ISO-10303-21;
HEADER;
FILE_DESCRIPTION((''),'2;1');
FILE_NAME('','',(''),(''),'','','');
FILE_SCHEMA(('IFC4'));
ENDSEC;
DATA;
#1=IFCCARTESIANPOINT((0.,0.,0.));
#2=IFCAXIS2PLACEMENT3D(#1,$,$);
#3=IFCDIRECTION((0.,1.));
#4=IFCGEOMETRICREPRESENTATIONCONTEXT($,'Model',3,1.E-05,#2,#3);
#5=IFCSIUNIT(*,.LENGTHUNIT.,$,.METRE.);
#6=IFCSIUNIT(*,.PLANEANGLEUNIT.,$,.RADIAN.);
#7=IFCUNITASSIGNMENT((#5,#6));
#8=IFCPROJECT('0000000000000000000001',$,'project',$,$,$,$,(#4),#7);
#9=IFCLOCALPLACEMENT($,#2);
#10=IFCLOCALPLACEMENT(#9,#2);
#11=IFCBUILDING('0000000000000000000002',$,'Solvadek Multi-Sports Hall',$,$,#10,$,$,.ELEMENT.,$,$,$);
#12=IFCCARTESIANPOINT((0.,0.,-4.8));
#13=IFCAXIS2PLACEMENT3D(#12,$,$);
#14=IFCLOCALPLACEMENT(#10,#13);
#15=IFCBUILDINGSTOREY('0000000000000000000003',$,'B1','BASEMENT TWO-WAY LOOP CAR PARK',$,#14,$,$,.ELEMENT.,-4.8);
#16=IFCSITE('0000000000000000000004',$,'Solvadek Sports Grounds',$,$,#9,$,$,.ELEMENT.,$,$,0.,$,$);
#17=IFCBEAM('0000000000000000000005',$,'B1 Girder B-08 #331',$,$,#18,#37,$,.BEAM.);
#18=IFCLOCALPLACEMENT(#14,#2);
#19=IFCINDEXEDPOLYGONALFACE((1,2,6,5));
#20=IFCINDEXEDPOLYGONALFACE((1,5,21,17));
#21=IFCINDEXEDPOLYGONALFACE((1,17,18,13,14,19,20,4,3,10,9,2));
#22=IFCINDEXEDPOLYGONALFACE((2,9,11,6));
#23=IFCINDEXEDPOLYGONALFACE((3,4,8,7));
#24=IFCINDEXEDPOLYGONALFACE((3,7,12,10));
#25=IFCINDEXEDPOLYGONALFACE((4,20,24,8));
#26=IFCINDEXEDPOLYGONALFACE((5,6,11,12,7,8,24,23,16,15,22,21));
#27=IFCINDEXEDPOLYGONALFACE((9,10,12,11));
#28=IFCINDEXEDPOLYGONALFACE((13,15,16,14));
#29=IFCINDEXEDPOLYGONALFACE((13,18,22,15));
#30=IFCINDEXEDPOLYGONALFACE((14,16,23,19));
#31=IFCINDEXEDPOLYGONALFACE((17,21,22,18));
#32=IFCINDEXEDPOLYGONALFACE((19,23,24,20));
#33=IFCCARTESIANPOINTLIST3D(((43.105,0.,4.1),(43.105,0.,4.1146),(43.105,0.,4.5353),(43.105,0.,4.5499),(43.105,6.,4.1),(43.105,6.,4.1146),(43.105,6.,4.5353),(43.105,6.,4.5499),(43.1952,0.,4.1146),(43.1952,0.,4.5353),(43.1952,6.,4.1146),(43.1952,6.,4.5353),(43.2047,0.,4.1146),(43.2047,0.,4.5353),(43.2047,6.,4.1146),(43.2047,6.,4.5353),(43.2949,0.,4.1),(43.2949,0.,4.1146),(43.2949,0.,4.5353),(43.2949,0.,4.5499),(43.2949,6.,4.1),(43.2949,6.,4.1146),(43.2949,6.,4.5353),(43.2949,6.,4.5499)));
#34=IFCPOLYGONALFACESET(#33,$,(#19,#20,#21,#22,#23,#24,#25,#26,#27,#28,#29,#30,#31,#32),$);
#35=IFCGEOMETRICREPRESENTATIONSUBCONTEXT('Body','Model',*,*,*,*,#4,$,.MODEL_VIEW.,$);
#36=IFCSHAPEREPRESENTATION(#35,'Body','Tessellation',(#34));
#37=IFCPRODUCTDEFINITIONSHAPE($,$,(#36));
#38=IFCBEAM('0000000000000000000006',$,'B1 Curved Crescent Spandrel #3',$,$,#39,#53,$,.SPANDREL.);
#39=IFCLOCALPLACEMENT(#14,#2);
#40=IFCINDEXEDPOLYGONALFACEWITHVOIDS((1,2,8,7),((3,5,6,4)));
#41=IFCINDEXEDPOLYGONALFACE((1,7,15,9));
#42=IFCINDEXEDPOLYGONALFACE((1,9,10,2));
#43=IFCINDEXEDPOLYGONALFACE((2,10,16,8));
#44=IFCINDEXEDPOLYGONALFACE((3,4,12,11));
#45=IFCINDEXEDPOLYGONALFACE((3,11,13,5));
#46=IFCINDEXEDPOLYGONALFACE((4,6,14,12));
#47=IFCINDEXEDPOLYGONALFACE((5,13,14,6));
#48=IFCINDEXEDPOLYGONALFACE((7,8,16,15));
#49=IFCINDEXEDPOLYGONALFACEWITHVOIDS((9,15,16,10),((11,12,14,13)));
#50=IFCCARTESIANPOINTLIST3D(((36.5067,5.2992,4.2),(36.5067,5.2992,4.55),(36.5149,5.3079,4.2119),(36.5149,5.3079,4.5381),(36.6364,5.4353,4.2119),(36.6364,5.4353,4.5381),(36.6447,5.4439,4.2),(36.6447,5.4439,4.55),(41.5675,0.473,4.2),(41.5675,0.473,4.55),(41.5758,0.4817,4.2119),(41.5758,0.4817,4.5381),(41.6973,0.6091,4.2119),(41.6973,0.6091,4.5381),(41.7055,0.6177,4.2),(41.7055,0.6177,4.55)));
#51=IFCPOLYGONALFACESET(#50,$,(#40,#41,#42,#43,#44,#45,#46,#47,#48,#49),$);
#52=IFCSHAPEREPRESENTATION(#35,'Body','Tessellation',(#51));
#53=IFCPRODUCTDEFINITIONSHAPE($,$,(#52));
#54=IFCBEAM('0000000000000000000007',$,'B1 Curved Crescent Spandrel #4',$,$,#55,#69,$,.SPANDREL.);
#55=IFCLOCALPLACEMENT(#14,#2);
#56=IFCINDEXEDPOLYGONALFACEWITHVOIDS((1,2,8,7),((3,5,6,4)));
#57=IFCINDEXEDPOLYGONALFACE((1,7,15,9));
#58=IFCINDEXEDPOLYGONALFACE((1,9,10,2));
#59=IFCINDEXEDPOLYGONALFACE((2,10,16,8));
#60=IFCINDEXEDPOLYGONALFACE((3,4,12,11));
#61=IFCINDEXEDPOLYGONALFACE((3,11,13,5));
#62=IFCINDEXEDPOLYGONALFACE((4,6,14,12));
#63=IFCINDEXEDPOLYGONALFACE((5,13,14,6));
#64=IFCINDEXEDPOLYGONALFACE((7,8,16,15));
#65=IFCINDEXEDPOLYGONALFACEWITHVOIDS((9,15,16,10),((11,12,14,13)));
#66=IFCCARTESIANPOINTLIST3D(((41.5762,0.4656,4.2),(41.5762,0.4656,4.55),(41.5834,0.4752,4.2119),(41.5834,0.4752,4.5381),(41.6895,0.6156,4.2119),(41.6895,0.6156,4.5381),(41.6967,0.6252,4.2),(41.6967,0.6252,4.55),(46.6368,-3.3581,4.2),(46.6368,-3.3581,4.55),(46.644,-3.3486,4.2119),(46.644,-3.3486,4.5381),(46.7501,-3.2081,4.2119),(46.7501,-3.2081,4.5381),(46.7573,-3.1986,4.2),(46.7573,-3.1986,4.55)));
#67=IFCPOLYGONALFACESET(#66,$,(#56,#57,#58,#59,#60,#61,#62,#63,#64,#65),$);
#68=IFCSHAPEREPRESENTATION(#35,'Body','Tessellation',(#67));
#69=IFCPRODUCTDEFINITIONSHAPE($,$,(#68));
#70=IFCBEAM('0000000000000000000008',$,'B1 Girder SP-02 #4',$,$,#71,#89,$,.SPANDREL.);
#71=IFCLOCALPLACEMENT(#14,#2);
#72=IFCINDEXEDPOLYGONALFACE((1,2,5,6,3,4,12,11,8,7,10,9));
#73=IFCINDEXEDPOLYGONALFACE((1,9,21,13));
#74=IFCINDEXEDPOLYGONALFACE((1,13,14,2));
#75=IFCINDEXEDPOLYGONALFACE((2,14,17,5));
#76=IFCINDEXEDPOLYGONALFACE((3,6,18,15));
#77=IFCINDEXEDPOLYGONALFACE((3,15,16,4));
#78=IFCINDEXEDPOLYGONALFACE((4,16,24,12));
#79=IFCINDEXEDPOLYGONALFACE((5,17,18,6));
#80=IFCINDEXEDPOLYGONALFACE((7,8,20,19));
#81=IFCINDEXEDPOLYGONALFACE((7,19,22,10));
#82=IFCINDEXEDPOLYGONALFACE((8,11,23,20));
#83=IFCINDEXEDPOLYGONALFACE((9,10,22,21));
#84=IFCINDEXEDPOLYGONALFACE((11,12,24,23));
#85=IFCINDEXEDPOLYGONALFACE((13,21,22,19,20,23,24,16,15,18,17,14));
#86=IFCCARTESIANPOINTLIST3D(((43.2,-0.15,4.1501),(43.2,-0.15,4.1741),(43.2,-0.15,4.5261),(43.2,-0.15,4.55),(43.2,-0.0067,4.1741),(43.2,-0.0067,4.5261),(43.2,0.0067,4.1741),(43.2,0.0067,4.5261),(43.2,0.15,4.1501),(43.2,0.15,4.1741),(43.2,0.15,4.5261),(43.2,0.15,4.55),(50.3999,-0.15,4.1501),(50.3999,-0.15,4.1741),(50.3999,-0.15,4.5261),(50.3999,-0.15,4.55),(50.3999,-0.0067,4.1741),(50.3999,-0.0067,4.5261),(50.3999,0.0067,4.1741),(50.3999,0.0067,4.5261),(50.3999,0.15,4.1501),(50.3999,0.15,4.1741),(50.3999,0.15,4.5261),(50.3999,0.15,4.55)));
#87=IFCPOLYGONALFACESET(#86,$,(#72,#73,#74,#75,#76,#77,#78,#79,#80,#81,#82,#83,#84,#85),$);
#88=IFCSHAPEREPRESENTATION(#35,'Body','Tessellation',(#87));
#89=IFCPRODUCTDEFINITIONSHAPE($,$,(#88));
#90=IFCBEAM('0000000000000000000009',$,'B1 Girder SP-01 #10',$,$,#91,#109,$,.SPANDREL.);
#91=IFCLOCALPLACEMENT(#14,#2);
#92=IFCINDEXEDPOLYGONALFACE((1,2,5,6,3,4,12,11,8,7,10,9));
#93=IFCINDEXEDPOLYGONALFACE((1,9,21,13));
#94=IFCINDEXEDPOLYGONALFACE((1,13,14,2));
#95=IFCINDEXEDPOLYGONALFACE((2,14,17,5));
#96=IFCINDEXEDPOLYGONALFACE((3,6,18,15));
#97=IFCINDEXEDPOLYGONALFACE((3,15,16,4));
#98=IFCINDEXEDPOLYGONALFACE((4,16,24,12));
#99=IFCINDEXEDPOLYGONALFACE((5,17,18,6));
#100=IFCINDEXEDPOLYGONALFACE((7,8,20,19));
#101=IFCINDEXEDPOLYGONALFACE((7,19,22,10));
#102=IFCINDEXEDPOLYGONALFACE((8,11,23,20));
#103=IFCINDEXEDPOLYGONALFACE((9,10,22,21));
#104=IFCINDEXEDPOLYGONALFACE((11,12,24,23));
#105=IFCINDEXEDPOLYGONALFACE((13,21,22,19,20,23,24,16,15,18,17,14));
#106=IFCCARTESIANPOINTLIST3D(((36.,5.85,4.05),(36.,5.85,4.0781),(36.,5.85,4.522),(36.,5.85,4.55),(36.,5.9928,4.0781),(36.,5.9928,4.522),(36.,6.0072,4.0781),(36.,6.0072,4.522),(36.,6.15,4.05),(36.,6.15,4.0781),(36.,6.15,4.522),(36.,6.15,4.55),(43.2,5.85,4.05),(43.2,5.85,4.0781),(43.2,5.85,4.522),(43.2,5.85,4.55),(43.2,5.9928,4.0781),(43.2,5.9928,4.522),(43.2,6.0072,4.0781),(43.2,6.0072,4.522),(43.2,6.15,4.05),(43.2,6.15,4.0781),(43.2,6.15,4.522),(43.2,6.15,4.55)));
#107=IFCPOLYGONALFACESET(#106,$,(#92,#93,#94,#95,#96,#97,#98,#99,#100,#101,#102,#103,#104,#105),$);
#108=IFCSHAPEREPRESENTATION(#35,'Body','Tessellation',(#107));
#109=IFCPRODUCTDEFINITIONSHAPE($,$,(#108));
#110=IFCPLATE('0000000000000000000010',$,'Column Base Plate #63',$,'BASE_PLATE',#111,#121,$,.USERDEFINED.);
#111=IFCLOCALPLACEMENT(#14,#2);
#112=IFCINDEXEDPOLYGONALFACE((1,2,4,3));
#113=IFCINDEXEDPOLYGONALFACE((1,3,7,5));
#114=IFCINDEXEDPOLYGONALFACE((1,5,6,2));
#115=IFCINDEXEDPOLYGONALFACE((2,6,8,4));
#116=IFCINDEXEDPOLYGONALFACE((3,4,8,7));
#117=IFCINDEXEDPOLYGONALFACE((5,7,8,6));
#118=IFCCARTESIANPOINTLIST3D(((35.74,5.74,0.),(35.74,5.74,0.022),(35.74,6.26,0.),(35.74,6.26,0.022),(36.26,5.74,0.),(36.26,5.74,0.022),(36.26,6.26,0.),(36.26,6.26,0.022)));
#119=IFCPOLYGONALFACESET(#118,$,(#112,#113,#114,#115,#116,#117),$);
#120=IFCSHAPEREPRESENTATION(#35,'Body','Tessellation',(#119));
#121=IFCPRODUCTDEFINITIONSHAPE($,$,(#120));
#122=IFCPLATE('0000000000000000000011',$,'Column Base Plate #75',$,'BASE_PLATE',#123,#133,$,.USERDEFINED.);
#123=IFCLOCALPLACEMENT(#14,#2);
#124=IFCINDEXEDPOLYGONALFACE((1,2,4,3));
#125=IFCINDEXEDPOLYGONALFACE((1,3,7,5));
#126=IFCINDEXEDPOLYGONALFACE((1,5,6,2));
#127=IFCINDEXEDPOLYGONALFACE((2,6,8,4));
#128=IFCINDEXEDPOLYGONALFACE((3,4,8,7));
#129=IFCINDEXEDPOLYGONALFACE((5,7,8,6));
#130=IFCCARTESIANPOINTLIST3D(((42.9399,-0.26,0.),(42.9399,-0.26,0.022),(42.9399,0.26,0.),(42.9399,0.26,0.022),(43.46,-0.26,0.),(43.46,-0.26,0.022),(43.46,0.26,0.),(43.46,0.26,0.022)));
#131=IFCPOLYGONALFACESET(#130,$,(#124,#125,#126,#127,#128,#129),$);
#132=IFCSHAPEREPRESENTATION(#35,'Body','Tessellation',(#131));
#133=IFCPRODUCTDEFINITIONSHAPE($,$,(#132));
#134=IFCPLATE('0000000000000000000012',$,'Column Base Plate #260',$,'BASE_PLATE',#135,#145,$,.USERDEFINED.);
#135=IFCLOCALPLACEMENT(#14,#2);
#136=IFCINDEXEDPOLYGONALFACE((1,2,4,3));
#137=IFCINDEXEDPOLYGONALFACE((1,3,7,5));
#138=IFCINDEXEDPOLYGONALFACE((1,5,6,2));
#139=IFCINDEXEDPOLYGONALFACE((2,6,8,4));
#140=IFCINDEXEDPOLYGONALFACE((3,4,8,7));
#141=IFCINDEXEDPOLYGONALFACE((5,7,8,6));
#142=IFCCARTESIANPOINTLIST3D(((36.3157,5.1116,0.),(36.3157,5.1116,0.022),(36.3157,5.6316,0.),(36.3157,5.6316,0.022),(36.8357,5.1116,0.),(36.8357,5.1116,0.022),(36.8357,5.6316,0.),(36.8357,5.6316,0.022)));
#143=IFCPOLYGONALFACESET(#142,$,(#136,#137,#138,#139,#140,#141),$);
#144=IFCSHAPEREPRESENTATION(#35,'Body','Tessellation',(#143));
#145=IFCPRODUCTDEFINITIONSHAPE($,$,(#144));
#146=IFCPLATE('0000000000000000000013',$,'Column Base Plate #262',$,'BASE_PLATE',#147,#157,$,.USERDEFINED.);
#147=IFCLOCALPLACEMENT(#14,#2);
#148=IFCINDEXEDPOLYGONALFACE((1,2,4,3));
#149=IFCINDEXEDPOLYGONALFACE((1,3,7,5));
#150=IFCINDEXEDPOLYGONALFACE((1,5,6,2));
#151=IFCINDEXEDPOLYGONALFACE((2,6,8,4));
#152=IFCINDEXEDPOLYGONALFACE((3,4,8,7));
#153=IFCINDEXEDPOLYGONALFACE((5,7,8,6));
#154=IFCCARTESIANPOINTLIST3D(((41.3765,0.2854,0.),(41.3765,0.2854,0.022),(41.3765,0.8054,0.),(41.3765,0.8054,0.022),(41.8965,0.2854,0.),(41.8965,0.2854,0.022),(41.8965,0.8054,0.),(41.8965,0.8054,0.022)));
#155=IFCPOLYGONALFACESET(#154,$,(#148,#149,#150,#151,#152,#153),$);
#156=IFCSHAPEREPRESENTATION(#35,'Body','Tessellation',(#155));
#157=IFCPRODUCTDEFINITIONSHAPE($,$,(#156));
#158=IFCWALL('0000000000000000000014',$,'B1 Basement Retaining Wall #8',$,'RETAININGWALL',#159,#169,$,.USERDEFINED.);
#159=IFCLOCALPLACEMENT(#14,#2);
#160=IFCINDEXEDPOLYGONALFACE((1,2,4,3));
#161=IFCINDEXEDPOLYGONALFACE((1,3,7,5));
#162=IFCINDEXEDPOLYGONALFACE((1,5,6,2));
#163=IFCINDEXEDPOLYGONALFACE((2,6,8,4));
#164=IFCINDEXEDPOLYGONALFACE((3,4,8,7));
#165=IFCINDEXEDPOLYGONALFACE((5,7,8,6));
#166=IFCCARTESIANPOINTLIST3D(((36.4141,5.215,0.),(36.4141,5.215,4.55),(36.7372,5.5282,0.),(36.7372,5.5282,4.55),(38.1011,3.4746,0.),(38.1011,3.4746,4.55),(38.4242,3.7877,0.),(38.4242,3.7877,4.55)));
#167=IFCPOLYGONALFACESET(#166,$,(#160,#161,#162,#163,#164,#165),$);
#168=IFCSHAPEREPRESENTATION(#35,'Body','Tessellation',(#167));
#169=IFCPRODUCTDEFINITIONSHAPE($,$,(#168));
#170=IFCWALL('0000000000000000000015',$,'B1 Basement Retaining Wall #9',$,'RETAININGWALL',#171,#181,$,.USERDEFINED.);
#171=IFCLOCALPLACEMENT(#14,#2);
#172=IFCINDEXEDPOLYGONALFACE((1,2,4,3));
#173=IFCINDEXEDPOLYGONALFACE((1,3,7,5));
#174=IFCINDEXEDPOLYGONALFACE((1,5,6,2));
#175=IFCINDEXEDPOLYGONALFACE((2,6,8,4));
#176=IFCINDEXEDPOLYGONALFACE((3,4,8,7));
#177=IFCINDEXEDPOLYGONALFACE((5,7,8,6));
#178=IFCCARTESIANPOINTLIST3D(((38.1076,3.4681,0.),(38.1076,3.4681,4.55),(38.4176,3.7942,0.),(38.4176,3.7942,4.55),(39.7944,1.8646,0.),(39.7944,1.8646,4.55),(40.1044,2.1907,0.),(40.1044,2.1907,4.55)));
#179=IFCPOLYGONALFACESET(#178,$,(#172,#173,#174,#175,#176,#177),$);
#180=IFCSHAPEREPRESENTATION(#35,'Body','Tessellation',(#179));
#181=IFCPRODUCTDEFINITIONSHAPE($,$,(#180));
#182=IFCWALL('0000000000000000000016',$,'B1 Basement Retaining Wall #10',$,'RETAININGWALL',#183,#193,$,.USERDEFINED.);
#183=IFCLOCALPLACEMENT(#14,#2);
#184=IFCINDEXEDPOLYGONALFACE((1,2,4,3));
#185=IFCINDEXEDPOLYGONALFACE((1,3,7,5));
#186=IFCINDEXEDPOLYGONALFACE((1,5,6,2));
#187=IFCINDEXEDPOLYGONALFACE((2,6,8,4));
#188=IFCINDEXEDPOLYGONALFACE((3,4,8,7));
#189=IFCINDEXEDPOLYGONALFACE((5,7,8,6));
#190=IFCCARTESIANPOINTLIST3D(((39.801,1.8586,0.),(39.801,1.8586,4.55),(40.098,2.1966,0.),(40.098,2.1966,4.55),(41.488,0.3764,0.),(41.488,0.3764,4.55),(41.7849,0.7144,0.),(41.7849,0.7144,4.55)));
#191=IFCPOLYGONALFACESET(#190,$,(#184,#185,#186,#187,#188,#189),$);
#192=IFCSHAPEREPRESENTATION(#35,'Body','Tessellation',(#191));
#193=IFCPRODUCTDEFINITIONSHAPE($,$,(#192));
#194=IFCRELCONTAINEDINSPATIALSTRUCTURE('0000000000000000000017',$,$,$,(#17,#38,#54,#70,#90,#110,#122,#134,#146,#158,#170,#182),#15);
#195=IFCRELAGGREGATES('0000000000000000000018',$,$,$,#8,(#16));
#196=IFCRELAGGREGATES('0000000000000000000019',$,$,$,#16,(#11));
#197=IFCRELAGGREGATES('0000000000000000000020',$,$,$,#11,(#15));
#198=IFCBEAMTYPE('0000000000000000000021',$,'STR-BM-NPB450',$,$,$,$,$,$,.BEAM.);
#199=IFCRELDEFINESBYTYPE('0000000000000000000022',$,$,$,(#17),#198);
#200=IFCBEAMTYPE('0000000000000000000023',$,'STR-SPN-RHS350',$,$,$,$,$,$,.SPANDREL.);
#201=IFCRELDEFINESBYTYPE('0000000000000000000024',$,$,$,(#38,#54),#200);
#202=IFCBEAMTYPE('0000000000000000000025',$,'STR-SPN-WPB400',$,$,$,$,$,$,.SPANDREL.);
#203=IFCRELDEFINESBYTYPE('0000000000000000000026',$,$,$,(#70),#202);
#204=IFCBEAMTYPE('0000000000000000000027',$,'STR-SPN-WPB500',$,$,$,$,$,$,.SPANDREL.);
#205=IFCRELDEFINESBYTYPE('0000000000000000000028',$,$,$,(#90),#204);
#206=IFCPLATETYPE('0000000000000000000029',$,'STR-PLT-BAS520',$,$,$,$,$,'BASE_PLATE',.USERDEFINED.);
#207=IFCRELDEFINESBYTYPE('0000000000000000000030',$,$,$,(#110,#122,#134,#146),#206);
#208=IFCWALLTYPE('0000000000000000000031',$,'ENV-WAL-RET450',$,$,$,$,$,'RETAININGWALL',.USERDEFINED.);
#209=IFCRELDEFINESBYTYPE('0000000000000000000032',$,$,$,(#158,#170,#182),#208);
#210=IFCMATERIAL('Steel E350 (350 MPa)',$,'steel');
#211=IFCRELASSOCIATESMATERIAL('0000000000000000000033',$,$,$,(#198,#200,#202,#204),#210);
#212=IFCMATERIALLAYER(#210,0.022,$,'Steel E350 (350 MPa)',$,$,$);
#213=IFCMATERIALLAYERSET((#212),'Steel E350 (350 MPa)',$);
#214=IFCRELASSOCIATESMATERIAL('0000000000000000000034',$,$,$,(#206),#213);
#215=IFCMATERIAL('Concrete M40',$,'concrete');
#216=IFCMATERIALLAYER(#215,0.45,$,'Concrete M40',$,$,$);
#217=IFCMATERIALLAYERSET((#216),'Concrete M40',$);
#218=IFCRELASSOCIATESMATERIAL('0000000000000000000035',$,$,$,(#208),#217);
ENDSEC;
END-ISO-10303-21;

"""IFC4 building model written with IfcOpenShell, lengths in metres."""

from ifc_helpers import new_model, si_unit, direction, frame, frame_2d, origin, origin_2d, place, context, subcontext, project, spatial, rectangle, hollow_rectangle, i_section, extrude, material, layer, layer_set, material_profile, profile_set, type_object, element, save


model = new_model("IFC4")

# Units and contexts
model_context = context("Model", 3, precision=1e-05, world=origin(), true_north=direction((0.0, 1.0)))
body_context = subcontext(model_context, "Body", "Model", "MODEL_VIEW")
ifc_project = project(units=[si_unit("LENGTHUNIT", "METRE"), si_unit("PLANEANGLEUNIT", "RADIAN")], contexts=[model_context])

# Site, building, storey
site_placement = place(None, origin())
site = spatial("IfcSite", under=ifc_project, at=site_placement, Name="Solvadek Sports Grounds", CompositionType="ELEMENT", RefElevation=0.0)
building_placement = place(site_placement, origin())
building = spatial("IfcBuilding", under=site, at=building_placement, Name="Solvadek Multi-Sports Hall", CompositionType="ELEMENT")
storey_placement = place(building_placement, frame((0.0, 0.0, -4.8)))
storey = spatial("IfcBuildingStorey", under=building, at=storey_placement, Name="B1", Description="BASEMENT TWO-WAY LOOP CAR PARK", CompositionType="ELEMENT", Elevation=-4.8)

# Shared definitions
ifc_material_1 = material(Name="Concrete M40", Category="concrete")

# Shared definitions
ifc_material_2 = material(Name="Steel E350 (350 MPa)", Category="steel")

# Beams
ifc_material_profile_1 = material_profile(ifc_material_2, i_section(OverallWidth=0.1899, OverallDepth=0.45, WebThickness=0.0095, FlangeThickness=0.0146, at=origin_2d()), Name="NPB 450")
ifc_profile_set_1 = profile_set([ifc_material_profile_1], Name="Steel E350 (350 MPa)")
beam_type_1 = type_object("IfcBeamType", Name="STR-BM-NPB450", PredefinedType="BEAM", material=ifc_profile_set_1)
beam_1_placement = place(storey_placement, frame((43.2, 0.0, 4.325), z_axis=(0.0, 1.0, 0.0), x_axis=(-1.0, 0.0, 0.0)))
element("IfcBeam", 1, at=beam_1_placement, inside=storey, type_object=beam_type_1, Name="B1 Girder B-08 #331", PredefinedType="BEAM", context=body_context, shape_type="SweptSolid", body=[
    extrude(i_section(OverallWidth=0.1899, OverallDepth=0.45, WebThickness=0.0095, FlangeThickness=0.0146, at=origin_2d()), origin(), (0.0, 0.0, 1.0), 6.0),
])
ifc_material_profile_2 = material_profile(ifc_material_2, hollow_rectangle(XDim=0.2, YDim=0.3501, WallThickness=0.012, at=origin_2d()), Name="RHS 350x200x12")
ifc_profile_set_2 = profile_set([ifc_material_profile_2], Name="Steel E350 (350 MPa)")
beam_type_2 = type_object("IfcBeamType", Name="STR-SPN-RHS350", PredefinedType="SPANDREL", material=ifc_profile_set_2)
beam_2_placement = place(storey_placement, frame((36.5757, 5.3716, 4.375), z_axis=(0.723683, -0.690133, 0.0), x_axis=(0.690133, 0.723683, 0.0)))
element("IfcBeam", 2, at=beam_2_placement, inside=storey, type_object=beam_type_2, Name="B1 Curved Crescent Spandrel #3", PredefinedType="SPANDREL", context=body_context, shape_type="SweptSolid", body=[
    extrude(hollow_rectangle(XDim=0.2, YDim=0.3501, WallThickness=0.012, at=origin_2d()), origin(), (0.0, 0.0, 1.0), 6.9932),
])
beam_3_placement = place(storey_placement, frame((41.6365, 0.5454, 4.375), z_axis=(0.797852, -0.602854, 0.0), x_axis=(0.602854, 0.797852, 0.0)))
element("IfcBeam", 3, at=beam_3_placement, inside=storey, type_object=beam_type_2, Name="B1 Curved Crescent Spandrel #4", PredefinedType="SPANDREL", context=body_context, shape_type="SweptSolid", body=[
    extrude(hollow_rectangle(XDim=0.2, YDim=0.3501, WallThickness=0.012, at=origin_2d()), origin(), (0.0, 0.0, 1.0), 6.3428),
])
ifc_material_profile_3 = material_profile(ifc_material_2, i_section(OverallWidth=0.3, OverallDepth=0.3999, WebThickness=0.0134, FlangeThickness=0.0239, at=origin_2d()), Name="WPB 400")
ifc_profile_set_3 = profile_set([ifc_material_profile_3], Name="Steel E350 (350 MPa)")
beam_type_3 = type_object("IfcBeamType", Name="STR-SPN-WPB400", PredefinedType="SPANDREL", material=ifc_profile_set_3)
beam_4_placement = place(storey_placement, frame((43.2, 0.0, 4.3501), z_axis=(1.0, 0.0, 0.0), x_axis=(0.0, 1.0, 0.0)))
element("IfcBeam", 4, at=beam_4_placement, inside=storey, type_object=beam_type_3, Name="B1 Girder SP-02 #4", PredefinedType="SPANDREL", context=body_context, shape_type="SweptSolid", body=[
    extrude(i_section(OverallWidth=0.3, OverallDepth=0.3999, WebThickness=0.0134, FlangeThickness=0.0239, at=origin_2d()), origin(), (0.0, 0.0, 1.0), 7.2),
])
ifc_material_profile_4 = material_profile(ifc_material_2, i_section(OverallWidth=0.3, OverallDepth=0.5, WebThickness=0.0144, FlangeThickness=0.0281, at=origin_2d()), Name="WPB 500")
ifc_profile_set_4 = profile_set([ifc_material_profile_4], Name="Steel E350 (350 MPa)")
beam_type_4 = type_object("IfcBeamType", Name="STR-SPN-WPB500", PredefinedType="SPANDREL", material=ifc_profile_set_4)
beam_5_placement = place(storey_placement, frame((36.0, 6.0, 4.3), z_axis=(1.0, 0.0, 0.0), x_axis=(0.0, 1.0, 0.0)))
element("IfcBeam", 5, at=beam_5_placement, inside=storey, type_object=beam_type_4, Name="B1 Girder SP-01 #10", PredefinedType="SPANDREL", context=body_context, shape_type="SweptSolid", body=[
    extrude(i_section(OverallWidth=0.3, OverallDepth=0.5, WebThickness=0.0144, FlangeThickness=0.0281, at=origin_2d()), origin(), (0.0, 0.0, 1.0), 7.2),
])

# Plates
ifc_layer_1 = layer(ifc_material_2, 0.022, Name="Steel E350 (350 MPa)")
ifc_layer_set_1 = layer_set([ifc_layer_1], Name="Steel E350 (350 MPa)")
plate_type = type_object("IfcPlateType", Name="STR-PLT-BAS520", ElementType="BASE_PLATE", PredefinedType="USERDEFINED", material=ifc_layer_set_1)
for number, where, z_axis, x_axis, name in (
    (6, (36.0, 6.0, 0.0), (0.0, 0.0, 1.0), (1.0, 0.0, 0.0), "Column Base Plate #63"),
    (7, (43.2, 0.0, 0.0), (0.0, 0.0, 1.0), (1.0, 0.0, 0.0), "Column Base Plate #75"),
    (8, (36.5757, 5.3716, 0.0), (0.0, 0.0, 1.0), (1.0, 0.0, 0.0), "Column Base Plate #260"),
    (9, (41.6365, 0.5454, 0.0), (0.0, 0.0, 1.0), (1.0, 0.0, 0.0), "Column Base Plate #262"),
):
    element("IfcPlate", number, at=place(storey_placement, frame(where, z_axis=z_axis, x_axis=x_axis)), inside=storey, type_object=plate_type, Name=name, ObjectType="BASE_PLATE", PredefinedType="USERDEFINED", context=body_context, shape_type="SweptSolid", body=[
        extrude(rectangle(XDim=0.52, YDim=0.52, at=origin_2d()), origin(), (0.0, 0.0, 1.0), 0.022),
    ])

# Walls
ifc_layer_2 = layer(ifc_material_1, 0.45, Name="Concrete M40")
ifc_layer_set_2 = layer_set([ifc_layer_2], Name="Concrete M40")
wall_type = type_object("IfcWallType", Name="ENV-WAL-RET450", ElementType="RETAININGWALL", PredefinedType="USERDEFINED", material=ifc_layer_set_2)
wall_1_placement = place(storey_placement, frame((36.5757, 5.3716, 0.0), z_axis=(0.0, 0.0, 1.0), x_axis=(0.695992, -0.71805, 0.0)))
element("IfcWall", 10, at=wall_1_placement, inside=storey, type_object=wall_type, Name="B1 Basement Retaining Wall #8", ObjectType="RETAININGWALL", PredefinedType="USERDEFINED", context=body_context, shape_type="SweptSolid", body=[
    extrude(rectangle(XDim=2.4238, YDim=0.45, at=frame_2d((1.2119, 0.0))), origin(), (0.0, 0.0, 1.0), 4.55),
])
wall_2_placement = place(storey_placement, frame((38.2627, 3.6311, 0.0), z_axis=(0.0, 0.0, 1.0), x_axis=(0.724766, -0.688995, 0.0)))
element("IfcWall", 11, at=wall_2_placement, inside=storey, type_object=wall_type, Name="B1 Basement Retaining Wall #9", ObjectType="RETAININGWALL", PredefinedType="USERDEFINED", context=body_context, shape_type="SweptSolid", body=[
    extrude(rectangle(XDim=2.3274, YDim=0.45, at=frame_2d((1.1636, 0.0))), origin(), (0.0, 0.0, 1.0), 4.55),
])
wall_3_placement = place(storey_placement, frame((39.9495, 2.0276, 0.0), z_axis=(0.0, 0.0, 1.0), x_axis=(0.751242, -0.660027, 0.0)))
element("IfcWall", 12, at=wall_3_placement, inside=storey, type_object=wall_type, Name="B1 Basement Retaining Wall #10", ObjectType="RETAININGWALL", PredefinedType="USERDEFINED", context=body_context, shape_type="SweptSolid", body=[
    extrude(rectangle(XDim=2.2456, YDim=0.45, at=frame_2d((1.1228, 0.0))), origin(), (0.0, 0.0, 1.0), 4.55),
])

save(model, "model.ifc")
